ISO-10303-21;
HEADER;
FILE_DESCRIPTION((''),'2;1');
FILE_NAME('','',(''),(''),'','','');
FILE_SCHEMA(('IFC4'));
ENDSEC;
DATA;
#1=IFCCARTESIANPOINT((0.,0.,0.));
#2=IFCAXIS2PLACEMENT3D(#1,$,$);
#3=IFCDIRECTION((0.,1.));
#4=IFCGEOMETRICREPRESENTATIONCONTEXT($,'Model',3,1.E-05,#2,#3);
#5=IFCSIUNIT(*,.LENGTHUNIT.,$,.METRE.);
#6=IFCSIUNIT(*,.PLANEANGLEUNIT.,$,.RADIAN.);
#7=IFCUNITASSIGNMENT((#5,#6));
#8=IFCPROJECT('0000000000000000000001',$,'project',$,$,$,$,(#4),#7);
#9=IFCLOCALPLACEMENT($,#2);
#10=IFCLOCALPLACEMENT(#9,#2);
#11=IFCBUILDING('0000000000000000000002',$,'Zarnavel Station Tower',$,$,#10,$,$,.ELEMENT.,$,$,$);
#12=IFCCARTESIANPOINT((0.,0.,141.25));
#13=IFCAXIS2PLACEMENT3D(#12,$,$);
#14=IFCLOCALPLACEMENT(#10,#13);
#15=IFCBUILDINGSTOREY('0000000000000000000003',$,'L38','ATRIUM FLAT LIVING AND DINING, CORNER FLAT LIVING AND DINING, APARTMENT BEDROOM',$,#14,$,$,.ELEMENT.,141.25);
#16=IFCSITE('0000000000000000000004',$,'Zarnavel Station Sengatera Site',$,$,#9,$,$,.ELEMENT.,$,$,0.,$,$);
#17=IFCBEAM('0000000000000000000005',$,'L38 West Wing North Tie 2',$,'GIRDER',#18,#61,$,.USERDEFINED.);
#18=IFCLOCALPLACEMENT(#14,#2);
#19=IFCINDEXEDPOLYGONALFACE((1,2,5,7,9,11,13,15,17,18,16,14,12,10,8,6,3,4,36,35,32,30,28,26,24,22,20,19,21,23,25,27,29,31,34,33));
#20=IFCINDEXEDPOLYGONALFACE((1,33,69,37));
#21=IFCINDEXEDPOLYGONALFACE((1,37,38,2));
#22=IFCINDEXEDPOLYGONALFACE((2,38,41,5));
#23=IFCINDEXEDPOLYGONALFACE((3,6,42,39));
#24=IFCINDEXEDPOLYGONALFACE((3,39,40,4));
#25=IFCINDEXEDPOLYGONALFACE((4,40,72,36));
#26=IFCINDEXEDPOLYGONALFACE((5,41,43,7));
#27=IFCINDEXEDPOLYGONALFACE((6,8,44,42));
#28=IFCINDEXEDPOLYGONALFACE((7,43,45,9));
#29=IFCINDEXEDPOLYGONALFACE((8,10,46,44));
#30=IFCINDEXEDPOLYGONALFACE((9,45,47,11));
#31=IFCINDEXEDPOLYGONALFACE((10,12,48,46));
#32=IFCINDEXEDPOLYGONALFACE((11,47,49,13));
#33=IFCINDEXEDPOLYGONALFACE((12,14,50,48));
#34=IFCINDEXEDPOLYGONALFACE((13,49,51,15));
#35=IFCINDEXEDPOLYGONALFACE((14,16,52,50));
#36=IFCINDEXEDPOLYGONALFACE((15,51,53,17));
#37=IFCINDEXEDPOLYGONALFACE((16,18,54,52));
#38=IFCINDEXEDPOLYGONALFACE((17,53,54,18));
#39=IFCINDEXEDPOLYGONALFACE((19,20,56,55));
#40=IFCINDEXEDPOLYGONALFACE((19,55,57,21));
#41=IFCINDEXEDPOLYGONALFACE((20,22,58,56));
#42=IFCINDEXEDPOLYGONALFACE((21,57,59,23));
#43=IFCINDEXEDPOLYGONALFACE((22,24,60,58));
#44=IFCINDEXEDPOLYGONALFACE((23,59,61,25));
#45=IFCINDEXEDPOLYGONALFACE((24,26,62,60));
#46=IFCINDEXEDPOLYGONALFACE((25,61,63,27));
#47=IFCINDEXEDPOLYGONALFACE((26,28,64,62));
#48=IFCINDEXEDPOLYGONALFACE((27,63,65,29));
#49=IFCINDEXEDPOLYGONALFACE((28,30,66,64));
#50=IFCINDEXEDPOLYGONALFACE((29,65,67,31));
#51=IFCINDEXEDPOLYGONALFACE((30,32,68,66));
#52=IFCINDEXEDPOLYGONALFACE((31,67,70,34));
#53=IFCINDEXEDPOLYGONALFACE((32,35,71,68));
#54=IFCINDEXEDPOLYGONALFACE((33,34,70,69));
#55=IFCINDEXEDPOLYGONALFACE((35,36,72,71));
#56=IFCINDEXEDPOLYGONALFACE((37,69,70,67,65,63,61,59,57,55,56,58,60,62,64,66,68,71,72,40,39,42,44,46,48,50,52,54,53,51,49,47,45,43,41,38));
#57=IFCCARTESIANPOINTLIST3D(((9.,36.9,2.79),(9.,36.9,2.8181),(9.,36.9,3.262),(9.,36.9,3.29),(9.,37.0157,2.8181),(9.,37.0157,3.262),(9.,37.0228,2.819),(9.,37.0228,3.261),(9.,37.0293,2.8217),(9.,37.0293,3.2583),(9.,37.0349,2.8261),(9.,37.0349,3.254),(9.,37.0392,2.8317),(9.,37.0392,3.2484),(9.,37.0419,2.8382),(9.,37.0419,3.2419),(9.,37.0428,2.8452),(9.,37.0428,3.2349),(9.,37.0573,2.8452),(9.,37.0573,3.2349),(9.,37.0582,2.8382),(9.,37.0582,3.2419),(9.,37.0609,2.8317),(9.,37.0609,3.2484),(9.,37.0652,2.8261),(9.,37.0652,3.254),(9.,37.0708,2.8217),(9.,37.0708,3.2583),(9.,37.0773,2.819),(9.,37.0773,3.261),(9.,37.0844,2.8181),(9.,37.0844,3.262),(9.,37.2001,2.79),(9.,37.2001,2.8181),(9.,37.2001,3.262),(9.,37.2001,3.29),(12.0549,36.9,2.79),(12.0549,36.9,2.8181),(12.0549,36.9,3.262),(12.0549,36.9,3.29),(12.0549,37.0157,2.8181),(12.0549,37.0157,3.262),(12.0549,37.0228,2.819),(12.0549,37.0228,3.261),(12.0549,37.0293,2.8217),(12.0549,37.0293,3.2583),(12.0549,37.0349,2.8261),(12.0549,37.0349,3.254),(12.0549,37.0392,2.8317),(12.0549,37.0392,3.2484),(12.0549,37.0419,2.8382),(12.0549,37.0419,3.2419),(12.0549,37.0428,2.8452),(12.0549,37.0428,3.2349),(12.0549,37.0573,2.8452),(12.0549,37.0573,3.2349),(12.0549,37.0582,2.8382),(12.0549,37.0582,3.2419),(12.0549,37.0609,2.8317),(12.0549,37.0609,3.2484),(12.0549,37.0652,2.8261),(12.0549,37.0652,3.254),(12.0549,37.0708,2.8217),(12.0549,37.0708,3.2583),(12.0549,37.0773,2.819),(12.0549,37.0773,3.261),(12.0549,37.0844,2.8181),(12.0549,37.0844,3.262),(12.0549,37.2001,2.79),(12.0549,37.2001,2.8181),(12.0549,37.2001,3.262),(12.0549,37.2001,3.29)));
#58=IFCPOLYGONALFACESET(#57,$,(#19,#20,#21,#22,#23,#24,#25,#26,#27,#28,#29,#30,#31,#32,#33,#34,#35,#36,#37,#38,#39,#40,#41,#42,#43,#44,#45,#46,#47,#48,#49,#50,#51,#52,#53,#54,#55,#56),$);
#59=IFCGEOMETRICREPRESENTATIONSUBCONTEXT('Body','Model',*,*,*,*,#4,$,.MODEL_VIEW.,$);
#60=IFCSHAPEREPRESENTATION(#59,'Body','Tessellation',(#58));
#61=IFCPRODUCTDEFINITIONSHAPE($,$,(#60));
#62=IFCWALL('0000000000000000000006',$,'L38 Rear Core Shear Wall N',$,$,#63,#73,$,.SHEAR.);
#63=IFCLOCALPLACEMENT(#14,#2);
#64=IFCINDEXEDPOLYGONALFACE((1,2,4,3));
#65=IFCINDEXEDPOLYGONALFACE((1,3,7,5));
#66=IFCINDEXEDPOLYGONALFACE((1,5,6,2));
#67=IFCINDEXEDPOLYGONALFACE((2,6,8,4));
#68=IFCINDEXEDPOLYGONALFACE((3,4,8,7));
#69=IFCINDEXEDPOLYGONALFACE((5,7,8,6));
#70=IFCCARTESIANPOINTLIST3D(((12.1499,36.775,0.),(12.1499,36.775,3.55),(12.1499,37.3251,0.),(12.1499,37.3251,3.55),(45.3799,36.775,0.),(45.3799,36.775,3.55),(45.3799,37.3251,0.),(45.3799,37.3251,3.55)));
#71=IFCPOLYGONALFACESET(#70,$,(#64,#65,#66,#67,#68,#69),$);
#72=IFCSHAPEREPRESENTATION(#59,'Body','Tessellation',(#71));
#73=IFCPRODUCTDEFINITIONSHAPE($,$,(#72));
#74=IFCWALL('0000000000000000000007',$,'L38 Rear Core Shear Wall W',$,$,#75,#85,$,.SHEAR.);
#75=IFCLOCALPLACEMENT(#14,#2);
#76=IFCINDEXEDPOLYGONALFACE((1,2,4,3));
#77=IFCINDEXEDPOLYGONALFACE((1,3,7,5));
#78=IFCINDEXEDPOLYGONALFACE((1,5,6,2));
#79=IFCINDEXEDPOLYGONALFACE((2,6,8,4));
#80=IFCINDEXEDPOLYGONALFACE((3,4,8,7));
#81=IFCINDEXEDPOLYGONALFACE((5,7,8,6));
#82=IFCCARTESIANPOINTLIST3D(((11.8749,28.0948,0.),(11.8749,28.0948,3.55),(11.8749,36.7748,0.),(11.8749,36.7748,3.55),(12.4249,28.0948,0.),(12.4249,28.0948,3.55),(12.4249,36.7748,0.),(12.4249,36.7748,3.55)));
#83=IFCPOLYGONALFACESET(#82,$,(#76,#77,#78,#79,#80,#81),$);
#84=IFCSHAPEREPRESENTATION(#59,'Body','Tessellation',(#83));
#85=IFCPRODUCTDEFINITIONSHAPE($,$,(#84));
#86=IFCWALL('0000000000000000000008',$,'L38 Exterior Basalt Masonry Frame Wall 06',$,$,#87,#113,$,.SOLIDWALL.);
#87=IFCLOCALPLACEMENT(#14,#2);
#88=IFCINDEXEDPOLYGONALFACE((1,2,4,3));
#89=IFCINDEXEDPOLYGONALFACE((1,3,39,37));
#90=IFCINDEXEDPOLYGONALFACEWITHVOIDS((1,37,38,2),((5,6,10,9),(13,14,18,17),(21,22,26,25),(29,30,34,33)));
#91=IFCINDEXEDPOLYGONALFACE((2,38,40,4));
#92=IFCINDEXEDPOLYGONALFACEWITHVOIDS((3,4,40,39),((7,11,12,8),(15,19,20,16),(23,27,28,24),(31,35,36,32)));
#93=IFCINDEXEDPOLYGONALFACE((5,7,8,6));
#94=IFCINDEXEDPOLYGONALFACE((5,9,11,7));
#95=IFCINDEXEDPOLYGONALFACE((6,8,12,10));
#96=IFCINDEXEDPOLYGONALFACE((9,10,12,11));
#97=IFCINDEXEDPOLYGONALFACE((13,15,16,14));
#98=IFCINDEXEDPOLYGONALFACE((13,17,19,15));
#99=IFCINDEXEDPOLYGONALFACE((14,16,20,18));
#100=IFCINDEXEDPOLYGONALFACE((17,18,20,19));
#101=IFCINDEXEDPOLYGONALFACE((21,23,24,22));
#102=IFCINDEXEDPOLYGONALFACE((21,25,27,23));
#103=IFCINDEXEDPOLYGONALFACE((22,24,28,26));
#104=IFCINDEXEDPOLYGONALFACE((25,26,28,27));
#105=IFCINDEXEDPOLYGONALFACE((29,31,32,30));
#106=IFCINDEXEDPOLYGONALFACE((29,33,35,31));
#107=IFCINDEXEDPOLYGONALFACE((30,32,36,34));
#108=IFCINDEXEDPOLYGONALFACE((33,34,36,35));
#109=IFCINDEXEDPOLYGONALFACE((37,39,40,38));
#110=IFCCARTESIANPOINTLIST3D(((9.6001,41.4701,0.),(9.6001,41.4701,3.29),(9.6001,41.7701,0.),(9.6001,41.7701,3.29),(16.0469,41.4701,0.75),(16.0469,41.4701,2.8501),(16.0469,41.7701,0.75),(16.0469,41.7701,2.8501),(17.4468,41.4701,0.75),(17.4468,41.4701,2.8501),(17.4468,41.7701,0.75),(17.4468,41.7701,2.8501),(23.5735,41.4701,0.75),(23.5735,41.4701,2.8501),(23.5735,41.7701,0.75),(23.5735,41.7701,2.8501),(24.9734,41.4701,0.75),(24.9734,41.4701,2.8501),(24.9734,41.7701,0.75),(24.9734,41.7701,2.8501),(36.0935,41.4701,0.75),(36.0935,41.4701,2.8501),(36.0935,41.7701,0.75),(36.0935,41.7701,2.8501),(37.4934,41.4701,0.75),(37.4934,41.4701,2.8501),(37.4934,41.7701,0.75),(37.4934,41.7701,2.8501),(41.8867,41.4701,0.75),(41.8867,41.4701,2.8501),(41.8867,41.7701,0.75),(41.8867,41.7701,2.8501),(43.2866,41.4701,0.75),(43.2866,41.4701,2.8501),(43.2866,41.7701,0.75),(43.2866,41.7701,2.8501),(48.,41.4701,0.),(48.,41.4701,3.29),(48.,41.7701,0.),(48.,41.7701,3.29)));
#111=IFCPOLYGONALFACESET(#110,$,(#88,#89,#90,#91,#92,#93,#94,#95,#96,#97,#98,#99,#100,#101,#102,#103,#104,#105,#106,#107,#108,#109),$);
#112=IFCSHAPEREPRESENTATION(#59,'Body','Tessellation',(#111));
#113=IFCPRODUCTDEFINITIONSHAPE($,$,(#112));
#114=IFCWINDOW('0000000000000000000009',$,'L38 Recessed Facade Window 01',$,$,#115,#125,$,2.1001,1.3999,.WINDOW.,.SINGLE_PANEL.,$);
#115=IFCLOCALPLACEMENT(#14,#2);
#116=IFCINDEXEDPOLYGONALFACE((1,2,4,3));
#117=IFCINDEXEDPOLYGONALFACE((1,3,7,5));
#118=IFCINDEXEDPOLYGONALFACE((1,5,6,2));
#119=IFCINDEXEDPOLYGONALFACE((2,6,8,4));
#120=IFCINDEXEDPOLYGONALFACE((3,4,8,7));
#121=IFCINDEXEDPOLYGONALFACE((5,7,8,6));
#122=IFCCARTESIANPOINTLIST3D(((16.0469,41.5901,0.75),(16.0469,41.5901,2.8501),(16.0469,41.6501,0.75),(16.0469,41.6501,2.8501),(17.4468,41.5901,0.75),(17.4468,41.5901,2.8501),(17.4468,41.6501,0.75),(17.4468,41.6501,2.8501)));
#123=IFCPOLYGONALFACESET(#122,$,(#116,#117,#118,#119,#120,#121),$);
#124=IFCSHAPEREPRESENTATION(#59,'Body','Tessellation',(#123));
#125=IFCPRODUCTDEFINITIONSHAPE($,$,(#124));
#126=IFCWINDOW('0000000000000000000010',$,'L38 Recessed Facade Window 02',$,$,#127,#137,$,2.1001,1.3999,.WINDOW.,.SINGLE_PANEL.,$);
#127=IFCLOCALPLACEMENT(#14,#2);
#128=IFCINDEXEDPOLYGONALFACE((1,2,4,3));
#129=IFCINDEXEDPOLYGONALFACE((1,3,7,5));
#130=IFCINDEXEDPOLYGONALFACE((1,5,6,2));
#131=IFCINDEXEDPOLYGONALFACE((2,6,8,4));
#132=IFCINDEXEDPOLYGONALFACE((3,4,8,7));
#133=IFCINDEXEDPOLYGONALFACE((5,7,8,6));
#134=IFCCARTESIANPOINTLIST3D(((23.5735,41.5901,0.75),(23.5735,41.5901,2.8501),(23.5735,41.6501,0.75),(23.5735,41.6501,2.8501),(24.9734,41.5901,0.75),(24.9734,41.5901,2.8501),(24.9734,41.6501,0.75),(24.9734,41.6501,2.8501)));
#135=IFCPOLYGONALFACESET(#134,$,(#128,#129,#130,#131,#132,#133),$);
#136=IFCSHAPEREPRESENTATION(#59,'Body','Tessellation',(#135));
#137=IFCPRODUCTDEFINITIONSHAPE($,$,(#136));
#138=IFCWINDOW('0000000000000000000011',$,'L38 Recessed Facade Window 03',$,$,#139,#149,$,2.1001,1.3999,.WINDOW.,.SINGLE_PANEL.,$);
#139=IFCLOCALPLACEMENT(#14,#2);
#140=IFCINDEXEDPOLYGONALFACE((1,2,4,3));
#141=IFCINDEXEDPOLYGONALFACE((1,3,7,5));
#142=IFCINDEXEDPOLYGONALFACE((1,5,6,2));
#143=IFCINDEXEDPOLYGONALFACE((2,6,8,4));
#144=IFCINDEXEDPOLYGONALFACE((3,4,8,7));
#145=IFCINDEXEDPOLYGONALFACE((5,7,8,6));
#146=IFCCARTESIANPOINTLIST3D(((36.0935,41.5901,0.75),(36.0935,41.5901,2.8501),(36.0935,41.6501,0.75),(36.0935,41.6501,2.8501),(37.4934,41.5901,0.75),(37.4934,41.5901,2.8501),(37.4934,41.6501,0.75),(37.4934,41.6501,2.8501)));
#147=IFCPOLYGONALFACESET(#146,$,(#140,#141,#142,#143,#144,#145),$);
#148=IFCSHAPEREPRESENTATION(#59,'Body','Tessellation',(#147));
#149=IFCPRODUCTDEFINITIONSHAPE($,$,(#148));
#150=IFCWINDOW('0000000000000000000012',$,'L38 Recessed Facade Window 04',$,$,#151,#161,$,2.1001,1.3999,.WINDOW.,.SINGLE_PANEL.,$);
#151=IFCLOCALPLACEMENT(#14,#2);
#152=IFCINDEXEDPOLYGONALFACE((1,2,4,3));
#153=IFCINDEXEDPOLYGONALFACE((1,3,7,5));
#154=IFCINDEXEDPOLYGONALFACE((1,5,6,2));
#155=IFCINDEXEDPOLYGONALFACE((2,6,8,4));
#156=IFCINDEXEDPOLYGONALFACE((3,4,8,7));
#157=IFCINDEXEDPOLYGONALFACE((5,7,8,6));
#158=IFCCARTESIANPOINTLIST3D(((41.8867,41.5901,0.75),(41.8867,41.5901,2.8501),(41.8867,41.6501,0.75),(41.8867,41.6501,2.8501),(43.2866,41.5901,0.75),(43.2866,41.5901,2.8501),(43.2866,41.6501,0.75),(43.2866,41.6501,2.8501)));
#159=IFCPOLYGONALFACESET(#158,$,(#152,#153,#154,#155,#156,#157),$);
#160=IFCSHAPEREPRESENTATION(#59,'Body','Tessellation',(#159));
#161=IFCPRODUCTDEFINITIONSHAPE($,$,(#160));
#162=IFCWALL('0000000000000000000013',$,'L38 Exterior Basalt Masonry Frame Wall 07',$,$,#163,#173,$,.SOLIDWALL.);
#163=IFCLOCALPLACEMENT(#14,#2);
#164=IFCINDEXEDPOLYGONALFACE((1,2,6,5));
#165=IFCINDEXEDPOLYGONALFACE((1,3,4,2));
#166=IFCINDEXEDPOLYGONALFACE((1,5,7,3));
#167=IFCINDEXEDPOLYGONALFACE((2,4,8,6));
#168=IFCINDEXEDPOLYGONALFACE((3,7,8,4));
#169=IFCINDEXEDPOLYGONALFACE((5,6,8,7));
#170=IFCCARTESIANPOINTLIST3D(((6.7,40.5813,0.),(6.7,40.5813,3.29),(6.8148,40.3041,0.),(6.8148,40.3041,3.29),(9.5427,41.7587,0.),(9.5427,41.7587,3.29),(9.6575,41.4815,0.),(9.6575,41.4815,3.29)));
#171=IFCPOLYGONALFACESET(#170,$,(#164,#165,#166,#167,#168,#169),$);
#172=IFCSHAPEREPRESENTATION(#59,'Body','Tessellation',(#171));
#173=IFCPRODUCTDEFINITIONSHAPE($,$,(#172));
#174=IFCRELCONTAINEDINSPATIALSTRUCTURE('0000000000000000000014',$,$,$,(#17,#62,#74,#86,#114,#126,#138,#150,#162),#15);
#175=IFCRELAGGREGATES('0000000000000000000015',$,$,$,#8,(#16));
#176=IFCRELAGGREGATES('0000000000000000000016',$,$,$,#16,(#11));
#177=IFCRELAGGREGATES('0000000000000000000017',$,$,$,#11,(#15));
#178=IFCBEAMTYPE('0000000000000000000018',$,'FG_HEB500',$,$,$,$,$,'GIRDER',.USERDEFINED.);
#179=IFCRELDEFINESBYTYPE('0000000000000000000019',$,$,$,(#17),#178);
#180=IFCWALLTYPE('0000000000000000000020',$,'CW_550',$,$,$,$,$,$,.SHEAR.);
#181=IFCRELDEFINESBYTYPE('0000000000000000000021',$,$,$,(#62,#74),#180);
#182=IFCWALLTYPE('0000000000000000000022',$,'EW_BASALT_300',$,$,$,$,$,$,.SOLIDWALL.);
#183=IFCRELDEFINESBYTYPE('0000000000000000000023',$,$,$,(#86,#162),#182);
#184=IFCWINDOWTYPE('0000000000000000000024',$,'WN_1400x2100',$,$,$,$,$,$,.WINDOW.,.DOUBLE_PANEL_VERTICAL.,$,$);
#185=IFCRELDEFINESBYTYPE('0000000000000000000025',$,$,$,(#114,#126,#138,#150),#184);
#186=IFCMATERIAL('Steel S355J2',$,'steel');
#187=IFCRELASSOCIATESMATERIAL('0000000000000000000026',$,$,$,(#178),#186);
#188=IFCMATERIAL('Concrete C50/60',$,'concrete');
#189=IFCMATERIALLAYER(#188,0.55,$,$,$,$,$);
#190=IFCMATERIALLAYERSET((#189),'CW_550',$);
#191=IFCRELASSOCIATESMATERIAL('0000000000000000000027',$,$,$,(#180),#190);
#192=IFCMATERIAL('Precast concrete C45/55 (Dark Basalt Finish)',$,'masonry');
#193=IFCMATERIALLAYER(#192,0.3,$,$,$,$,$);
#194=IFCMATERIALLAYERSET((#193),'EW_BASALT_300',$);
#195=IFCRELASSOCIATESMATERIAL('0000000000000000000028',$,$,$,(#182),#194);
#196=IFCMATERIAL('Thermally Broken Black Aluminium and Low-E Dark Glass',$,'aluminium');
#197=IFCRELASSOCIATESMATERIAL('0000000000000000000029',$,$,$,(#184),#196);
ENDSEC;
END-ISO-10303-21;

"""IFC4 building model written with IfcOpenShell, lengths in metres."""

from ifc_helpers import new_model, si_unit, direction, frame, frame_2d, origin, origin_2d, place, context, subcontext, project, spatial, rectangle, i_section, extrude, material, layer, layer_set, material_profile, profile_set, type_object, element, fill, save


model = new_model("IFC4")

# Units and contexts
model_context = context("Model", 3, precision=1e-05, world=origin(), true_north=direction((0.0, 1.0)))
body_context = subcontext(model_context, "Body", "Model", "MODEL_VIEW")
ifc_project = project(units=[si_unit("LENGTHUNIT", "METRE"), si_unit("PLANEANGLEUNIT", "RADIAN")], contexts=[model_context])

# Site, building, storey
site_placement = place(None, origin())
site = spatial("IfcSite", under=ifc_project, at=site_placement, Name="Zarnavel Station Sengatera Site", CompositionType="ELEMENT", RefElevation=0.0)
building_placement = place(site_placement, origin())
building = spatial("IfcBuilding", under=site, at=building_placement, Name="Zarnavel Station Tower", CompositionType="ELEMENT")
storey_placement = place(building_placement, frame((0.0, 0.0, 141.25)))
storey = spatial("IfcBuildingStorey", under=building, at=storey_placement, Name="L38", Description="ATRIUM FLAT LIVING AND DINING, CORNER FLAT LIVING AND DINING, APARTMENT BEDROOM", CompositionType="ELEMENT", Elevation=141.25)

# Beam
ifc_material_1 = material(Name="Steel S355J2", Category="steel")
ifc_material_profile_1 = material_profile(ifc_material_1, i_section(OverallWidth=0.3, OverallDepth=0.5, WebThickness=0.0144, FlangeThickness=0.0281, FilletRadius=0.0271, at=origin_2d()), Name="HEB500")
ifc_profile_set_1 = profile_set([ifc_material_profile_1], Name="Steel S355J2")
beam_type = type_object("IfcBeamType", Name="FG_HEB500", ElementType="GIRDER", PredefinedType="USERDEFINED", material=ifc_profile_set_1)
beam_1_placement = place(storey_placement, frame((9.0, 37.05, 3.04), z_axis=(1.0, 0.0, 0.0), x_axis=(0.0, 1.0, 0.0)))
element("IfcBeam", 1, at=beam_1_placement, inside=storey, type_object=beam_type, Name="L38 West Wing North Tie 2", ObjectType="GIRDER", PredefinedType="USERDEFINED", context=body_context, shape_type="SweptSolid", body=[
    extrude(i_section(OverallWidth=0.3, OverallDepth=0.5, WebThickness=0.0144, FlangeThickness=0.0281, FilletRadius=0.0271, at=origin_2d()), origin(), (0.0, 0.0, 1.0), 3.0549),
])

# Walls
ifc_material_2 = material(Name="Concrete C50/60", Category="concrete")
ifc_layer_1 = layer(ifc_material_2, 0.55)
ifc_layer_set_1 = layer_set([ifc_layer_1], Name="CW_550")
wall_type_1 = type_object("IfcWallType", Name="CW_550", PredefinedType="SHEAR", material=ifc_layer_set_1)
wall_1_placement = place(storey_placement, frame((12.1499, 37.05, 0.0), z_axis=(0.0, 0.0, 1.0), x_axis=(1.0, 0.0, 0.0)))
element("IfcWall", 2, at=wall_1_placement, inside=storey, type_object=wall_type_1, Name="L38 Rear Core Shear Wall N", PredefinedType="SHEAR", context=body_context, shape_type="SweptSolid", body=[
    extrude(rectangle(XDim=33.23, YDim=0.55, at=frame_2d((16.615, 0.0))), origin(), (0.0, 0.0, 1.0), 3.55),
])
wall_2_placement = place(storey_placement, frame((12.1499, 28.095, 0.0), z_axis=(0.0, 0.0, 1.0), x_axis=(0.0, 1.0, 0.0)))
element("IfcWall", 3, at=wall_2_placement, inside=storey, type_object=wall_type_1, Name="L38 Rear Core Shear Wall W", PredefinedType="SHEAR", context=body_context, shape_type="SweptSolid", body=[
    extrude(rectangle(XDim=8.6799, YDim=0.55, at=frame_2d((4.3398, 0.0))), origin(), (0.0, 0.0, 1.0), 3.55),
])

# Wall, openings, windows
ifc_material_3 = material(Name="Precast concrete C45/55 (Dark Basalt Finish)", Category="masonry")
ifc_layer_2 = layer(ifc_material_3, 0.3)
ifc_layer_set_2 = layer_set([ifc_layer_2], Name="EW_BASALT_300")
wall_type_2 = type_object("IfcWallType", Name="EW_BASALT_300", PredefinedType="SOLIDWALL", material=ifc_layer_set_2)
wall_3_placement = place(storey_placement, frame((9.6001, 41.6201, 0.0), z_axis=(0.0, 0.0, 1.0), x_axis=(1.0, 0.0, 0.0)))
wall_3 = element("IfcWall", 4, at=wall_3_placement, inside=storey, type_object=wall_type_2, Name="L38 Exterior Basalt Masonry Frame Wall 06", PredefinedType="SOLIDWALL", context=body_context, shape_type="SweptSolid", body=[
    extrude(rectangle(XDim=38.3999, YDim=0.3, at=frame_2d((19.2, 0.0))), origin(), (0.0, 0.0, 1.0), 3.29),
])
opening_1_placement = place(wall_3_placement, frame((6.4468, 0.0, 0.75)))
opening_1 = element("IfcOpeningElement", 5, at=opening_1_placement, cuts=wall_3, PredefinedType="OPENING", context=body_context, shape_type="SweptSolid", body=[
    extrude(rectangle(XDim=1.3999, YDim=2.1001, at=frame_2d((0.7, 1.05))), frame((0.0, 0.1599, 0.0), z_axis=(0.0, -1.0, 0.0), x_axis=(1.0, 0.0, 0.0)), (0.0, 0.0, 1.0), 0.3201),
])
opening_2_placement = place(wall_3_placement, frame((13.9734, 0.0, 0.75)))
opening_2 = element("IfcOpeningElement", 6, at=opening_2_placement, cuts=wall_3, PredefinedType="OPENING", context=body_context, shape_type="SweptSolid", body=[
    extrude(rectangle(XDim=1.3999, YDim=2.1001, at=frame_2d((0.7, 1.05))), frame((0.0, 0.1599, 0.0), z_axis=(0.0, -1.0, 0.0), x_axis=(1.0, 0.0, 0.0)), (0.0, 0.0, 1.0), 0.3201),
])
opening_3_placement = place(wall_3_placement, frame((26.4934, 0.0, 0.75)))
opening_3 = element("IfcOpeningElement", 7, at=opening_3_placement, cuts=wall_3, PredefinedType="OPENING", context=body_context, shape_type="SweptSolid", body=[
    extrude(rectangle(XDim=1.3999, YDim=2.1001, at=frame_2d((0.7, 1.05))), frame((0.0, 0.1599, 0.0), z_axis=(0.0, -1.0, 0.0), x_axis=(1.0, 0.0, 0.0)), (0.0, 0.0, 1.0), 0.3201),
])
opening_4_placement = place(wall_3_placement, frame((32.2866, 0.0, 0.75)))
opening_4 = element("IfcOpeningElement", 8, at=opening_4_placement, cuts=wall_3, PredefinedType="OPENING", context=body_context, shape_type="SweptSolid", body=[
    extrude(rectangle(XDim=1.3999, YDim=2.1001, at=frame_2d((0.7, 1.05))), frame((0.0, 0.1599, 0.0), z_axis=(0.0, -1.0, 0.0), x_axis=(1.0, 0.0, 0.0)), (0.0, 0.0, 1.0), 0.3201),
])
ifc_material_4 = material(Name="Thermally Broken Black Aluminium and Low-E Dark Glass", Category="aluminium")
window_type = type_object("IfcWindowType", Name="WN_1400x2100", PartitioningType="DOUBLE_PANEL_VERTICAL", PredefinedType="WINDOW", material=ifc_material_4)
window_1_placement = place(opening_1_placement, origin())
window_1 = element("IfcWindow", 9, at=window_1_placement, inside=storey, type_object=window_type, Name="L38 Recessed Facade Window 01", OverallHeight=2.1001, OverallWidth=1.3999, PartitioningType="SINGLE_PANEL", PredefinedType="WINDOW", context=body_context, shape_type="SweptSolid", body=[
    extrude(rectangle(XDim=1.3999, YDim=2.1001, at=frame_2d((0.7, 1.05))), frame((0.0, 0.03, 0.0), z_axis=(0.0, -1.0, 0.0), x_axis=(1.0, 0.0, 0.0)), (0.0, 0.0, 1.0), 0.0601),
])
fill(opening_1, window_1)
window_2_placement = place(opening_2_placement, origin())
window_2 = element("IfcWindow", 10, at=window_2_placement, inside=storey, type_object=window_type, Name="L38 Recessed Facade Window 02", OverallHeight=2.1001, OverallWidth=1.3999, PartitioningType="SINGLE_PANEL", PredefinedType="WINDOW", context=body_context, shape_type="SweptSolid", body=[
    extrude(rectangle(XDim=1.3999, YDim=2.1001, at=frame_2d((0.7, 1.05))), frame((0.0, 0.03, 0.0), z_axis=(0.0, -1.0, 0.0), x_axis=(1.0, 0.0, 0.0)), (0.0, 0.0, 1.0), 0.0601),
])
fill(opening_2, window_2)
window_3_placement = place(opening_3_placement, origin())
window_3 = element("IfcWindow", 11, at=window_3_placement, inside=storey, type_object=window_type, Name="L38 Recessed Facade Window 03", OverallHeight=2.1001, OverallWidth=1.3999, PartitioningType="SINGLE_PANEL", PredefinedType="WINDOW", context=body_context, shape_type="SweptSolid", body=[
    extrude(rectangle(XDim=1.3999, YDim=2.1001, at=frame_2d((0.7, 1.05))), frame((0.0, 0.03, 0.0), z_axis=(0.0, -1.0, 0.0), x_axis=(1.0, 0.0, 0.0)), (0.0, 0.0, 1.0), 0.0601),
])
fill(opening_3, window_3)
window_4_placement = place(opening_4_placement, origin())
window_4 = element("IfcWindow", 12, at=window_4_placement, inside=storey, type_object=window_type, Name="L38 Recessed Facade Window 04", OverallHeight=2.1001, OverallWidth=1.3999, PartitioningType="SINGLE_PANEL", PredefinedType="WINDOW", context=body_context, shape_type="SweptSolid", body=[
    extrude(rectangle(XDim=1.3999, YDim=2.1001, at=frame_2d((0.7, 1.05))), frame((0.0, 0.03, 0.0), z_axis=(0.0, -1.0, 0.0), x_axis=(1.0, 0.0, 0.0)), (0.0, 0.0, 1.0), 0.0601),
])
fill(opening_4, window_4)

# Wall
wall_4_placement = place(storey_placement, frame((6.7573, 40.4426, 0.0), z_axis=(0.0, 0.0, 1.0), x_axis=(0.923882, 0.382676, 0.0)))
element("IfcWall", 13, at=wall_4_placement, inside=storey, type_object=wall_type_2, Name="L38 Exterior Basalt Masonry Frame Wall 07", PredefinedType="SOLIDWALL", context=body_context, shape_type="SweptSolid", body=[
    extrude(rectangle(XDim=3.0769, YDim=0.3, at=frame_2d((1.5386, 0.0))), origin(), (0.0, 0.0, 1.0), 3.29),
])

save(model, "model.ifc")
